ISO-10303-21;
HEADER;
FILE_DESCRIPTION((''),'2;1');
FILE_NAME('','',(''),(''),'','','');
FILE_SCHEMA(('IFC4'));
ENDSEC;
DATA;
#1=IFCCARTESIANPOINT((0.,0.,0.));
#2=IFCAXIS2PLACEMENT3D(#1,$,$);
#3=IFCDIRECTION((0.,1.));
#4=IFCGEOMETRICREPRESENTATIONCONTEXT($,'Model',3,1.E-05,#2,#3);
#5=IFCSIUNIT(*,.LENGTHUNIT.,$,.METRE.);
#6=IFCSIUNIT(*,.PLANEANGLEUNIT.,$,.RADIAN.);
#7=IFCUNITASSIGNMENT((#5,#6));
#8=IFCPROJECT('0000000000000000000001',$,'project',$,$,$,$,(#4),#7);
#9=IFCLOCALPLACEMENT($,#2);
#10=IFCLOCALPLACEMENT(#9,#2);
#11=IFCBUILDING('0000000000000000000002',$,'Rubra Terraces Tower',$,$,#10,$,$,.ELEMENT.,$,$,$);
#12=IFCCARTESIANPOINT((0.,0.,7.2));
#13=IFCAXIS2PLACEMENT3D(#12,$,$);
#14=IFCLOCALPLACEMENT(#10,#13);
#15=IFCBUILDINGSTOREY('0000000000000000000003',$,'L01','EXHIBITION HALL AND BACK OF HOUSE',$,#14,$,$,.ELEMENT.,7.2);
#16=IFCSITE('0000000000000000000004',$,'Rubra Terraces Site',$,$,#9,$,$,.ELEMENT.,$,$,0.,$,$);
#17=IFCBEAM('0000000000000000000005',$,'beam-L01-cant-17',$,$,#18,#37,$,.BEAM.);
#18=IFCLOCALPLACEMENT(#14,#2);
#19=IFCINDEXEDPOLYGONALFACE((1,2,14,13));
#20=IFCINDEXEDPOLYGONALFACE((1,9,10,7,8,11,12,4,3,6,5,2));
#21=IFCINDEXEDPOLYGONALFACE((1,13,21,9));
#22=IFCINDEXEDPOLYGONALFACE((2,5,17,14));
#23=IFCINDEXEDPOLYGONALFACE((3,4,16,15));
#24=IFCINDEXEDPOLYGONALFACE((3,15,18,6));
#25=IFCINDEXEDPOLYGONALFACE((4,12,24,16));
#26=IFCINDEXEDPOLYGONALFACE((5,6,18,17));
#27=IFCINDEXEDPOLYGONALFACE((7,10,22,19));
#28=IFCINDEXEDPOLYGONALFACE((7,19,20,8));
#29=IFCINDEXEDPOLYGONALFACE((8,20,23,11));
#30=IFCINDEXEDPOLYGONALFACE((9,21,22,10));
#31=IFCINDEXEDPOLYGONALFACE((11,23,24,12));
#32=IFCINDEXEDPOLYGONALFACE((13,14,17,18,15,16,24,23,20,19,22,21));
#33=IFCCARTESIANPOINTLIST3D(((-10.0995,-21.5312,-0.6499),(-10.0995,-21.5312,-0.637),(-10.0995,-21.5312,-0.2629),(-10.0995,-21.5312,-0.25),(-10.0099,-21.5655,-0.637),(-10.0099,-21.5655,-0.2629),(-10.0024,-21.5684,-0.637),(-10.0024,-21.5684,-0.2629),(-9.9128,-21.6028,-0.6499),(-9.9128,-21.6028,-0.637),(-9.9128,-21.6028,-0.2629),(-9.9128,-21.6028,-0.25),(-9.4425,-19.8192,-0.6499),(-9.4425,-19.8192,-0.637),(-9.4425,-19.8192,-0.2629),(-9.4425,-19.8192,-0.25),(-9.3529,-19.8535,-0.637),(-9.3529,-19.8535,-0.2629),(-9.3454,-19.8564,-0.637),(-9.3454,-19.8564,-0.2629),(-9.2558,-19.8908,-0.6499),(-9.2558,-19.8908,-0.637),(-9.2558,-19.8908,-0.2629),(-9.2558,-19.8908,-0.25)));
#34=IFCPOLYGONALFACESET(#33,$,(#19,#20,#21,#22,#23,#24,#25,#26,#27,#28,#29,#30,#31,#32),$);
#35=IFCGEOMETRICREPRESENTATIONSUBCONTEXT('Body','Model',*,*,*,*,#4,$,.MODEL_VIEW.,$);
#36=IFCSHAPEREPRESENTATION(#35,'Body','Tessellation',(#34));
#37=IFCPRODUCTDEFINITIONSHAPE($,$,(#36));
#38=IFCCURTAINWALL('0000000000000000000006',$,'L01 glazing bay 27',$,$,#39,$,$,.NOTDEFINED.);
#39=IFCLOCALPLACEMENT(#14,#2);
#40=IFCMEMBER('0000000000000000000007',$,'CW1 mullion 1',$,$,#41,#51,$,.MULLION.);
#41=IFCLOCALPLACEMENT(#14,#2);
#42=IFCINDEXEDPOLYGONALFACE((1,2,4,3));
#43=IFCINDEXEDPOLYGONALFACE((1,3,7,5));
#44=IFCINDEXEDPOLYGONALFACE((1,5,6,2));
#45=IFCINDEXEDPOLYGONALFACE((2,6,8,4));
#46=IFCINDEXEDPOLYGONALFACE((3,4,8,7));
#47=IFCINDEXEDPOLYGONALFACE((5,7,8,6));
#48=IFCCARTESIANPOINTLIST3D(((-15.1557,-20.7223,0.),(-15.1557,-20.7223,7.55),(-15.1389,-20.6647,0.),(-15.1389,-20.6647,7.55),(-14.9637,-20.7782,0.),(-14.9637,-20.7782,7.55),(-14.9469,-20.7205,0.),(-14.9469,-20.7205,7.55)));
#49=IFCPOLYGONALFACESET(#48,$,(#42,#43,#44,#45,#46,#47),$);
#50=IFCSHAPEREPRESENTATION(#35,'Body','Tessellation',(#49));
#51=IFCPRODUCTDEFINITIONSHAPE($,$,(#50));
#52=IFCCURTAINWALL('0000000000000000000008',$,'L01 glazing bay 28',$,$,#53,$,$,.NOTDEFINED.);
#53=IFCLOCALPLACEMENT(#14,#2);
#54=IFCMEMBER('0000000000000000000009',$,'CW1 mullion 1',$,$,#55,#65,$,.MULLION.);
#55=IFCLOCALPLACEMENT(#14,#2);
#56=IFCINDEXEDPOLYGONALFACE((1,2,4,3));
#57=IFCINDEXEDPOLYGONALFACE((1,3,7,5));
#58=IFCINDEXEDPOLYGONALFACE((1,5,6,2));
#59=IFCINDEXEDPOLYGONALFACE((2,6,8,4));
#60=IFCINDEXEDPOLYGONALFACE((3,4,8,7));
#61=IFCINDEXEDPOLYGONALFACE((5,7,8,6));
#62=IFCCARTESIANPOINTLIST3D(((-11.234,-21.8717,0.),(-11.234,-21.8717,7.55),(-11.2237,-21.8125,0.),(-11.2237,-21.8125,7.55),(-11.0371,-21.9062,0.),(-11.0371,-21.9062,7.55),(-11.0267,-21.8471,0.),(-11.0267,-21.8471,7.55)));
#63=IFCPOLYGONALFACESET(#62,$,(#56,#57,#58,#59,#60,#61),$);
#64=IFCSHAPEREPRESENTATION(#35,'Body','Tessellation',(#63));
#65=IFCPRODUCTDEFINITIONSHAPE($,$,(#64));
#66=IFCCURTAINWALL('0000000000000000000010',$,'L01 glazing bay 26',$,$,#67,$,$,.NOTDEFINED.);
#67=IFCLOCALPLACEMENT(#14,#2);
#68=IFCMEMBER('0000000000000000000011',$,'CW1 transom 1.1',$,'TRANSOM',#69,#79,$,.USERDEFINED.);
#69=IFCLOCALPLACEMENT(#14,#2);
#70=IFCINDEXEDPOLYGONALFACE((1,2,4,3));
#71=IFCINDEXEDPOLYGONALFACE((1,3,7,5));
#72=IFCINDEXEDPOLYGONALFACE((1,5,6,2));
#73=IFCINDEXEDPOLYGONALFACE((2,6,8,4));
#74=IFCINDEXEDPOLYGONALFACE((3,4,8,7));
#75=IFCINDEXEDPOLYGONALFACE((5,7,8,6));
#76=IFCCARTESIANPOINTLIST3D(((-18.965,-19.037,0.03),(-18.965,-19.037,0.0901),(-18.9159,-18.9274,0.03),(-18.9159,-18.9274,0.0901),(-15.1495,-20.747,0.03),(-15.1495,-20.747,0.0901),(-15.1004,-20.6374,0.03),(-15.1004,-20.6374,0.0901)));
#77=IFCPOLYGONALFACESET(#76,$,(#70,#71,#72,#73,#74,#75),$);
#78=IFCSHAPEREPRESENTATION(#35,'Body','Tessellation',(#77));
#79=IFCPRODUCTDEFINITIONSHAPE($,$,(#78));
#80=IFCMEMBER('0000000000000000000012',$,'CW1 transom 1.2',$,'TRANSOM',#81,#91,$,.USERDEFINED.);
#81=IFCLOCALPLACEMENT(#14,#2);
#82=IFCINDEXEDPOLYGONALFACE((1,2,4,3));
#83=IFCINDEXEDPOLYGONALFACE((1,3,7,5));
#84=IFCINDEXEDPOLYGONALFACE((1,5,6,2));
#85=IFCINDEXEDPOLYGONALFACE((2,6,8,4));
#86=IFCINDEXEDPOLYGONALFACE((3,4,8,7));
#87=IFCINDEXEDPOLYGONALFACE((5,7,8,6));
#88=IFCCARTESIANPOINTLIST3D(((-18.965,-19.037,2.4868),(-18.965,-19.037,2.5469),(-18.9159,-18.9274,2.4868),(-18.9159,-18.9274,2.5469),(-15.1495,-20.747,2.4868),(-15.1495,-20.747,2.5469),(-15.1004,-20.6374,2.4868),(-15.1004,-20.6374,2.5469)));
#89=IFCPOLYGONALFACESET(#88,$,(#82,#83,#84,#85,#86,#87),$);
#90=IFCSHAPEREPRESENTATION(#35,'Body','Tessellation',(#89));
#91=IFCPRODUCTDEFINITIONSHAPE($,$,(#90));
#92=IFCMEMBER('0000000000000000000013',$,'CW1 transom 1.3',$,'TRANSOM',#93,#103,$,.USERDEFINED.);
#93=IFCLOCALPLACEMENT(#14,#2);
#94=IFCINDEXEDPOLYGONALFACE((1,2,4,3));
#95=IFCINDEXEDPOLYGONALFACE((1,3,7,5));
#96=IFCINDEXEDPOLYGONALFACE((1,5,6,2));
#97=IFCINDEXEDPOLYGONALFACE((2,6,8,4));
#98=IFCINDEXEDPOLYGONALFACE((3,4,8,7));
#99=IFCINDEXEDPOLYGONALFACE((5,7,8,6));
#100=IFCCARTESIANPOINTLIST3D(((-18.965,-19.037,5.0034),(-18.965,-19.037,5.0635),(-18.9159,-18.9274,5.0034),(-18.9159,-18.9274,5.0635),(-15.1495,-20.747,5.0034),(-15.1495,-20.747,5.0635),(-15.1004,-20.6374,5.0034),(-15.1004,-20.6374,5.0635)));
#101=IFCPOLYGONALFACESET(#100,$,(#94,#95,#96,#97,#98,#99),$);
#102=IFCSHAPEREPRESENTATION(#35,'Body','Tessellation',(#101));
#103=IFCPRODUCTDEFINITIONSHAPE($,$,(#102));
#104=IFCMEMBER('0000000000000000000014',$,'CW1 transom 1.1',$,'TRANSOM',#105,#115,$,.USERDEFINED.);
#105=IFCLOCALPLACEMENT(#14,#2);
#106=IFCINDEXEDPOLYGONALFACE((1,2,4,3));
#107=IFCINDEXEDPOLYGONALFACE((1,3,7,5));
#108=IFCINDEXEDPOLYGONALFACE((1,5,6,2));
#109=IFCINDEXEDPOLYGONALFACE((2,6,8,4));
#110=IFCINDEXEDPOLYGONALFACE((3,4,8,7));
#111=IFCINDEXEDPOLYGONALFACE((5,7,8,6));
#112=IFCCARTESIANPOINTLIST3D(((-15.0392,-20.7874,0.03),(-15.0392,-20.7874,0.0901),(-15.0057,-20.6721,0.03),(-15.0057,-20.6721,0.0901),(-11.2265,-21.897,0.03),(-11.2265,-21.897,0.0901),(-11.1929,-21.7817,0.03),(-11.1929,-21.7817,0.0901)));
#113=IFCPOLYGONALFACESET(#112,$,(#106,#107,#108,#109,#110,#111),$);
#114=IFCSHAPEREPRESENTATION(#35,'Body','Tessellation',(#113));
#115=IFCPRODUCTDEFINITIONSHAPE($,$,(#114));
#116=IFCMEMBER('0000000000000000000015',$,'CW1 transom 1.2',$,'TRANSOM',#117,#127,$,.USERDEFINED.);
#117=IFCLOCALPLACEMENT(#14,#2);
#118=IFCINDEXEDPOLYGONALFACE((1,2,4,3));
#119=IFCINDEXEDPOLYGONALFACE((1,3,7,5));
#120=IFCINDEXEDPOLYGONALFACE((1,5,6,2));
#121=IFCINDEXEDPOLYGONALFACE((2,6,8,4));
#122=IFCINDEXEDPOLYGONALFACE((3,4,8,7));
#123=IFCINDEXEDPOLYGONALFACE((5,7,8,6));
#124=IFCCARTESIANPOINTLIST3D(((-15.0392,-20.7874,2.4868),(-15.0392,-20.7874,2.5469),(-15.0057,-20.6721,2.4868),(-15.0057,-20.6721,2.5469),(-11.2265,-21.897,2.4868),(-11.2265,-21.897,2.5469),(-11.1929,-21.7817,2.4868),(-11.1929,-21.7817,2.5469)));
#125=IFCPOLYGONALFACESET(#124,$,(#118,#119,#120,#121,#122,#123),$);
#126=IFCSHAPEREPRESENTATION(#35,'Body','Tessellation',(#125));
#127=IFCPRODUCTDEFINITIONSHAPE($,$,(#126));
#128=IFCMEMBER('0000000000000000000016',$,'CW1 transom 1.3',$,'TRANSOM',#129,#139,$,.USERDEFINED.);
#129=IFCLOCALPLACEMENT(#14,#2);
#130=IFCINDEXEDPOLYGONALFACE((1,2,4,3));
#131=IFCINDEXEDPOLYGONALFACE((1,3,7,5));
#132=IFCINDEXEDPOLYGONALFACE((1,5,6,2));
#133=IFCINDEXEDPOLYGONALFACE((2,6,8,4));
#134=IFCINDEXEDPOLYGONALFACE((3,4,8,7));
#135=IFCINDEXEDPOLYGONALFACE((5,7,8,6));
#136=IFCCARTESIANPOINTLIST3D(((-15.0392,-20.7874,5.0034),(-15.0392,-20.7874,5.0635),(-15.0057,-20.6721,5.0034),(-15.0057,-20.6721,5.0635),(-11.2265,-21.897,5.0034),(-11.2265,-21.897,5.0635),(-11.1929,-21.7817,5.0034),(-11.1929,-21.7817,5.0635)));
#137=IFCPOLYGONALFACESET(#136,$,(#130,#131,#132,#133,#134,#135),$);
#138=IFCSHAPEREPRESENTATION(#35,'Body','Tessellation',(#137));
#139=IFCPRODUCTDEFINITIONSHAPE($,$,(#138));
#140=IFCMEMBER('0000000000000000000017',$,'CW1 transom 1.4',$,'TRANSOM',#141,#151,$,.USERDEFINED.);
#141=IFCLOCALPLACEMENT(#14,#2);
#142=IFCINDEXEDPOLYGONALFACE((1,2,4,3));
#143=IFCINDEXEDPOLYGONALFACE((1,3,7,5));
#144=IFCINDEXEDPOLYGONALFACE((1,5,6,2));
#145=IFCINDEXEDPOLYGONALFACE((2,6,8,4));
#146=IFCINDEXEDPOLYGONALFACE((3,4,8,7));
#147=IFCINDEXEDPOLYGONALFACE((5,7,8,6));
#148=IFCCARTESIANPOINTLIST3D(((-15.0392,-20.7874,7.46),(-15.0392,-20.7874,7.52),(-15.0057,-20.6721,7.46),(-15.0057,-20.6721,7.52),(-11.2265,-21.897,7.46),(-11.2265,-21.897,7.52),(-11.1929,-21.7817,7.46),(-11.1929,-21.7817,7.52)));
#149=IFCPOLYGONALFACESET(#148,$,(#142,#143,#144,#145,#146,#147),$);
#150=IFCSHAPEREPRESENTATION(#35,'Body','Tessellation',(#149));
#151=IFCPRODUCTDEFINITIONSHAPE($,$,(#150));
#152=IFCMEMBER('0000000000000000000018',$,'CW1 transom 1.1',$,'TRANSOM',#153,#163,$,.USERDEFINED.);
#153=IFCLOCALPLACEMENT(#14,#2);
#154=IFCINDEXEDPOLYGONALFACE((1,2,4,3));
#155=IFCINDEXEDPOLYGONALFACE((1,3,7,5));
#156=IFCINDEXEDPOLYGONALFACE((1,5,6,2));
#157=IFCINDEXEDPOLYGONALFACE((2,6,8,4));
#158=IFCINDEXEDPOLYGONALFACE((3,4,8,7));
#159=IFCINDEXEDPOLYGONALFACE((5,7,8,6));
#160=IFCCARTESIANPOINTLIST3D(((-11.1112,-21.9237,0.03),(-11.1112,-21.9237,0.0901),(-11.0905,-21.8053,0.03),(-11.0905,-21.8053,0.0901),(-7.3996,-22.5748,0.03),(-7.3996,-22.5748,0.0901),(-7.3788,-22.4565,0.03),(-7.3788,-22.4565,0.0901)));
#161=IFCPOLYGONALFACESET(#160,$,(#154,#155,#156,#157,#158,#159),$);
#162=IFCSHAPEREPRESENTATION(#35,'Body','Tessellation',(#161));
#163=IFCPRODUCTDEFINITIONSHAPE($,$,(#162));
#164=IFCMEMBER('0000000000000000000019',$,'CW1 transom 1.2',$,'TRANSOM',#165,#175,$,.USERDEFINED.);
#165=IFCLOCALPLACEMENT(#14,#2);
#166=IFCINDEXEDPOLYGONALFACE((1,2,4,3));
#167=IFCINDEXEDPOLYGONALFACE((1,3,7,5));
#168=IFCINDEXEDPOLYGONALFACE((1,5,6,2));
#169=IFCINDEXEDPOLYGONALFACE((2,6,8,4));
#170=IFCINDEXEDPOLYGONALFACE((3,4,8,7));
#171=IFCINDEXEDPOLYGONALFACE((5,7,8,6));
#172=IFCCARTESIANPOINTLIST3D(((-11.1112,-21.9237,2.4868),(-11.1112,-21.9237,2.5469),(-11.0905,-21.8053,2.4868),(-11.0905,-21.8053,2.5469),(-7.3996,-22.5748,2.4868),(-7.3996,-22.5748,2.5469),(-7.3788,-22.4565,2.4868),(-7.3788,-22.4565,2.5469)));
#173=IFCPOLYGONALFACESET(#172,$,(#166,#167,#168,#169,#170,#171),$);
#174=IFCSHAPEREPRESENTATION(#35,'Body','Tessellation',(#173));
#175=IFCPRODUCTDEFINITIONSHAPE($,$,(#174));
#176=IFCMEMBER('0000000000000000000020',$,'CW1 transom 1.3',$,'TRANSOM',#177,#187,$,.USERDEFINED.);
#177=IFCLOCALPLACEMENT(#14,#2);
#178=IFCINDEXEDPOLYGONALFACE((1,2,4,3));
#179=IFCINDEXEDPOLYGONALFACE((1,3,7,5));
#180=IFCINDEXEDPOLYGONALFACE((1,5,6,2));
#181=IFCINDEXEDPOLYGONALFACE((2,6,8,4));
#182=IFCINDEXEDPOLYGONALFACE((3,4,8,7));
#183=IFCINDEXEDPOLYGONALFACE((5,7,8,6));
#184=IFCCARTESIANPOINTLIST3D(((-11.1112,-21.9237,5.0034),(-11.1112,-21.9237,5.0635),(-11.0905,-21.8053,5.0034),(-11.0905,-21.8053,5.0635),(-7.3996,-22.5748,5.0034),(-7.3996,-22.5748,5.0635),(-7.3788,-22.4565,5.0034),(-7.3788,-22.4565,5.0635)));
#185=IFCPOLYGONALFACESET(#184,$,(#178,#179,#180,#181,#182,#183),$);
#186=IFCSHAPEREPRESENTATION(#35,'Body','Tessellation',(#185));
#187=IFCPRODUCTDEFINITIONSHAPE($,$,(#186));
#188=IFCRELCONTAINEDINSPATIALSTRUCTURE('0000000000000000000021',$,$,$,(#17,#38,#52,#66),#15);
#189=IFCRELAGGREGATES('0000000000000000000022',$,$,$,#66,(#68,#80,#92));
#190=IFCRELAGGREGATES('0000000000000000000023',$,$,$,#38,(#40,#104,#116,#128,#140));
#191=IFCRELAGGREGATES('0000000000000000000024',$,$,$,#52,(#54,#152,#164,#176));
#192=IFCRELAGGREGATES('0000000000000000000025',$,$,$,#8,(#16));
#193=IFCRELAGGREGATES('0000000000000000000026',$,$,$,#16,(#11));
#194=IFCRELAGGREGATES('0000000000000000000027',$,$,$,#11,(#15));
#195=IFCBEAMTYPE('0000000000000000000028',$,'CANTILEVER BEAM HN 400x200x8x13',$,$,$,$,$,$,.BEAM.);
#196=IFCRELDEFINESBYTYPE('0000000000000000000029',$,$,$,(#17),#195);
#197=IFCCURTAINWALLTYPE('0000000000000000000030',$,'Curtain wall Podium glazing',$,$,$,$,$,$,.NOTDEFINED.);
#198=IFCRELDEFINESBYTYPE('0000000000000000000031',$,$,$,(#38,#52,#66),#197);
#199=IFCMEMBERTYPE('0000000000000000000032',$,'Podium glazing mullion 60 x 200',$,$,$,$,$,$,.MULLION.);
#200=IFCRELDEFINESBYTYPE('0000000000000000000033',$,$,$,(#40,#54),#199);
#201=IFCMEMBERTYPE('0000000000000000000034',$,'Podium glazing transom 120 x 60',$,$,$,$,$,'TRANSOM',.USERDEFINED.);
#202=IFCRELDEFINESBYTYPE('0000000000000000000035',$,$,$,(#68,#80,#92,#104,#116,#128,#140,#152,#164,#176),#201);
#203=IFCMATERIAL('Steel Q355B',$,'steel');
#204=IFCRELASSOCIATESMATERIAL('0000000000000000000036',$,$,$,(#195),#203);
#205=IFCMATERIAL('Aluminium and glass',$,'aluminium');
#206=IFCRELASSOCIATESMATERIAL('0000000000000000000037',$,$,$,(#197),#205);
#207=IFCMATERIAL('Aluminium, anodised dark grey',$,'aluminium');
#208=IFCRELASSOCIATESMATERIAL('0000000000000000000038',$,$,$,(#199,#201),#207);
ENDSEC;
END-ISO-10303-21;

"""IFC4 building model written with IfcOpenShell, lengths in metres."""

from ifc_helpers import new_model, si_unit, direction, frame, origin, origin_2d, place, context, subcontext, project, spatial, rectangle, i_section, extrude, material, material_profile, profile_set, type_object, element, aggregate, save


model = new_model("IFC4")

# Units and contexts
model_context = context("Model", 3, precision=1e-05, world=origin(), true_north=direction((0.0, 1.0)))
body_context = subcontext(model_context, "Body", "Model", "MODEL_VIEW")
ifc_project = project(units=[si_unit("LENGTHUNIT", "METRE"), si_unit("PLANEANGLEUNIT", "RADIAN")], contexts=[model_context])

# Site, building, storey
site_placement = place(None, origin())
site = spatial("IfcSite", under=ifc_project, at=site_placement, Name="Rubra Terraces Site", CompositionType="ELEMENT", RefElevation=0.0)
building_placement = place(site_placement, origin())
building = spatial("IfcBuilding", under=site, at=building_placement, Name="Rubra Terraces Tower", CompositionType="ELEMENT")
storey_placement = place(building_placement, frame((0.0, 0.0, 7.2)))
storey = spatial("IfcBuildingStorey", under=building, at=storey_placement, Name="L01", Description="EXHIBITION HALL AND BACK OF HOUSE", CompositionType="ELEMENT", Elevation=7.2)

# Beam
ifc_material_1 = material(Name="Steel Q355B", Category="steel")
ifc_material_profile_1 = material_profile(ifc_material_1, i_section(OverallWidth=0.2, OverallDepth=0.3999, WebThickness=0.0081, FlangeThickness=0.0129, at=origin_2d()), Name="HN 400x200x8x13")
ifc_profile_set_1 = profile_set([ifc_material_profile_1], Name="Steel Q355B")
beam_type = type_object("IfcBeamType", Name="CANTILEVER BEAM HN 400x200x8x13", PredefinedType="BEAM", material=ifc_profile_set_1)
beam_placement = place(storey_placement, frame((-9.3491, -19.855, -0.45), z_axis=(-0.358292, -0.93361, 0.0), x_axis=(0.93361, -0.358292, 0.0)))
element("IfcBeam", 1, at=beam_placement, inside=storey, type_object=beam_type, Name="beam-L01-cant-17", PredefinedType="BEAM", context=body_context, shape_type="SweptSolid", body=[
    extrude(i_section(OverallWidth=0.2, OverallDepth=0.3999, WebThickness=0.0081, FlangeThickness=0.0129, at=origin_2d()), origin(), (0.0, 0.0, 1.0), 1.8337),
])

# Curtain walls, members
ifc_material_2 = material(Name="Aluminium and glass", Category="aluminium")
curtain_wall_type = type_object("IfcCurtainWallType", Name="Curtain wall Podium glazing", PredefinedType="NOTDEFINED", material=ifc_material_2)
curtain_wall_1_placement = place(storey_placement, origin())
curtain_wall_1 = element("IfcCurtainWall", 2, at=curtain_wall_1_placement, inside=storey, type_object=curtain_wall_type, Name="L01 glazing bay 27", PredefinedType="NOTDEFINED")
ifc_material_3 = material(Name="Aluminium, anodised dark grey", Category="aluminium")
ifc_material_profile_2 = material_profile(ifc_material_3, rectangle(XDim=0.0601, YDim=0.2, at=origin_2d()), Name="AL 60x200")
ifc_profile_set_2 = profile_set([ifc_material_profile_2], Name="Aluminium, anodised dark grey")
member_type_1 = type_object("IfcMemberType", Name="Podium glazing mullion 60 x 200", PredefinedType="MULLION", material=ifc_profile_set_2)
member_1_placement = place(storey_placement, frame((-15.0513, -20.7214, 0.0), z_axis=(0.0, 0.0, 1.0), x_axis=(0.279399, 0.960175, 0.0)))
member_1 = element("IfcMember", 3, at=member_1_placement, type_object=member_type_1, Name="CW1 mullion 1", PredefinedType="MULLION", context=body_context, shape_type="SweptSolid", body=[
    extrude(rectangle(XDim=0.0601, YDim=0.2, at=origin_2d()), origin(), (0.0, 0.0, 1.0), 7.55),
])
curtain_wall_2_placement = place(storey_placement, origin())
curtain_wall_2 = element("IfcCurtainWall", 4, at=curtain_wall_2_placement, inside=storey, type_object=curtain_wall_type, Name="L01 glazing bay 28", PredefinedType="NOTDEFINED")
member_2_placement = place(storey_placement, frame((-11.1304, -21.8594, 0.0), z_axis=(0.0, 0.0, 1.0), x_axis=(0.172817, 0.984954, 0.0)))
member_2 = element("IfcMember", 5, at=member_2_placement, type_object=member_type_1, Name="CW1 mullion 1", PredefinedType="MULLION", context=body_context, shape_type="SweptSolid", body=[
    extrude(rectangle(XDim=0.0601, YDim=0.2, at=origin_2d()), origin(), (0.0, 0.0, 1.0), 7.55),
])

# Curtain wall, members
curtain_wall_3_placement = place(storey_placement, origin())
curtain_wall_3 = element("IfcCurtainWall", 6, at=curtain_wall_3_placement, inside=storey, type_object=curtain_wall_type, Name="L01 glazing bay 26", PredefinedType="NOTDEFINED")
ifc_material_profile_3 = material_profile(ifc_material_3, rectangle(XDim=0.1201, YDim=0.0601, at=origin_2d()), Name="AL 120x60")
ifc_profile_set_3 = profile_set([ifc_material_profile_3], Name="Aluminium, anodised dark grey")
member_type_2 = type_object("IfcMemberType", Name="Podium glazing transom 120 x 60", ElementType="TRANSOM", PredefinedType="USERDEFINED", material=ifc_profile_set_3)
member_3_placement = place(storey_placement, frame((-18.9404, -18.9822, 0.0601), z_axis=(0.912545, -0.408975, 0.0), x_axis=(0.408975, 0.912545, 0.0)))
member_3 = element("IfcMember", 7, at=member_3_placement, type_object=member_type_2, Name="CW1 transom 1.1", ObjectType="TRANSOM", PredefinedType="USERDEFINED", context=body_context, shape_type="SweptSolid", body=[
    extrude(rectangle(XDim=0.1201, YDim=0.0601, at=origin_2d()), origin(), (0.0, 0.0, 1.0), 4.1812),
])
member_4_placement = place(storey_placement, frame((-18.9404, -18.9822, 2.5168), z_axis=(0.912545, -0.408975, 0.0), x_axis=(0.408975, 0.912545, 0.0)))
member_4 = element("IfcMember", 8, at=member_4_placement, type_object=member_type_2, Name="CW1 transom 1.2", ObjectType="TRANSOM", PredefinedType="USERDEFINED", context=body_context, shape_type="SweptSolid", body=[
    extrude(rectangle(XDim=0.1201, YDim=0.0601, at=origin_2d()), origin(), (0.0, 0.0, 1.0), 4.1812),
])
member_5_placement = place(storey_placement, frame((-18.9404, -18.9822, 5.0334), z_axis=(0.912545, -0.408975, 0.0), x_axis=(0.408975, 0.912545, 0.0)))
member_5 = element("IfcMember", 9, at=member_5_placement, type_object=member_type_2, Name="CW1 transom 1.3", ObjectType="TRANSOM", PredefinedType="USERDEFINED", context=body_context, shape_type="SweptSolid", body=[
    extrude(rectangle(XDim=0.1201, YDim=0.0601, at=origin_2d()), origin(), (0.0, 0.0, 1.0), 4.1812),
])

# Members
member_6_placement = place(storey_placement, frame((-15.0225, -20.7297, 0.0601), z_axis=(0.960164, -0.279436, 0.0), x_axis=(0.279436, 0.960164, 0.0)))
member_6 = element("IfcMember", 10, at=member_6_placement, type_object=member_type_2, Name="CW1 transom 1.1", ObjectType="TRANSOM", PredefinedType="USERDEFINED", context=body_context, shape_type="SweptSolid", body=[
    extrude(rectangle(XDim=0.1201, YDim=0.0601, at=origin_2d()), origin(), (0.0, 0.0, 1.0), 3.9709),
])
member_7_placement = place(storey_placement, frame((-15.0225, -20.7297, 2.5168), z_axis=(0.960164, -0.279436, 0.0), x_axis=(0.279436, 0.960164, 0.0)))
member_7 = element("IfcMember", 11, at=member_7_placement, type_object=member_type_2, Name="CW1 transom 1.2", ObjectType="TRANSOM", PredefinedType="USERDEFINED", context=body_context, shape_type="SweptSolid", body=[
    extrude(rectangle(XDim=0.1201, YDim=0.0601, at=origin_2d()), origin(), (0.0, 0.0, 1.0), 3.9709),
])
member_8_placement = place(storey_placement, frame((-15.0225, -20.7297, 5.0334), z_axis=(0.960164, -0.279436, 0.0), x_axis=(0.279436, 0.960164, 0.0)))
member_8 = element("IfcMember", 12, at=member_8_placement, type_object=member_type_2, Name="CW1 transom 1.3", ObjectType="TRANSOM", PredefinedType="USERDEFINED", context=body_context, shape_type="SweptSolid", body=[
    extrude(rectangle(XDim=0.1201, YDim=0.0601, at=origin_2d()), origin(), (0.0, 0.0, 1.0), 3.9709),
])
member_9_placement = place(storey_placement, frame((-15.0225, -20.7297, 7.49), z_axis=(0.960164, -0.279436, 0.0), x_axis=(0.279436, 0.960164, 0.0)))
member_9 = element("IfcMember", 13, at=member_9_placement, type_object=member_type_2, Name="CW1 transom 1.4", ObjectType="TRANSOM", PredefinedType="USERDEFINED", context=body_context, shape_type="SweptSolid", body=[
    extrude(rectangle(XDim=0.1201, YDim=0.0601, at=origin_2d()), origin(), (0.0, 0.0, 1.0), 3.9709),
])
member_10_placement = place(storey_placement, frame((-11.1008, -21.8645, 0.0601), z_axis=(0.984959, -0.172787, 0.0), x_axis=(0.172787, 0.984959, 0.0)))
member_10 = element("IfcMember", 14, at=member_10_placement, type_object=member_type_2, Name="CW1 transom 1.1", ObjectType="TRANSOM", PredefinedType="USERDEFINED", context=body_context, shape_type="SweptSolid", body=[
    extrude(rectangle(XDim=0.1201, YDim=0.0601, at=origin_2d()), origin(), (0.0, 0.0, 1.0), 3.7683),
])
member_11_placement = place(storey_placement, frame((-11.1008, -21.8645, 2.5168), z_axis=(0.984959, -0.172787, 0.0), x_axis=(0.172787, 0.984959, 0.0)))
member_11 = element("IfcMember", 15, at=member_11_placement, type_object=member_type_2, Name="CW1 transom 1.2", ObjectType="TRANSOM", PredefinedType="USERDEFINED", context=body_context, shape_type="SweptSolid", body=[
    extrude(rectangle(XDim=0.1201, YDim=0.0601, at=origin_2d()), origin(), (0.0, 0.0, 1.0), 3.7683),
])
member_12_placement = place(storey_placement, frame((-11.1008, -21.8645, 5.0334), z_axis=(0.984959, -0.172787, 0.0), x_axis=(0.172787, 0.984959, 0.0)))
member_12 = element("IfcMember", 16, at=member_12_placement, type_object=member_type_2, Name="CW1 transom 1.3", ObjectType="TRANSOM", PredefinedType="USERDEFINED", context=body_context, shape_type="SweptSolid", body=[
    extrude(rectangle(XDim=0.1201, YDim=0.0601, at=origin_2d()), origin(), (0.0, 0.0, 1.0), 3.7683),
])

aggregate(curtain_wall_3, [member_3, member_4, member_5])
aggregate(curtain_wall_1, [member_1, member_6, member_7, member_8, member_9])
aggregate(curtain_wall_2, [member_2, member_10, member_11, member_12])

save(model, "model.ifc")
